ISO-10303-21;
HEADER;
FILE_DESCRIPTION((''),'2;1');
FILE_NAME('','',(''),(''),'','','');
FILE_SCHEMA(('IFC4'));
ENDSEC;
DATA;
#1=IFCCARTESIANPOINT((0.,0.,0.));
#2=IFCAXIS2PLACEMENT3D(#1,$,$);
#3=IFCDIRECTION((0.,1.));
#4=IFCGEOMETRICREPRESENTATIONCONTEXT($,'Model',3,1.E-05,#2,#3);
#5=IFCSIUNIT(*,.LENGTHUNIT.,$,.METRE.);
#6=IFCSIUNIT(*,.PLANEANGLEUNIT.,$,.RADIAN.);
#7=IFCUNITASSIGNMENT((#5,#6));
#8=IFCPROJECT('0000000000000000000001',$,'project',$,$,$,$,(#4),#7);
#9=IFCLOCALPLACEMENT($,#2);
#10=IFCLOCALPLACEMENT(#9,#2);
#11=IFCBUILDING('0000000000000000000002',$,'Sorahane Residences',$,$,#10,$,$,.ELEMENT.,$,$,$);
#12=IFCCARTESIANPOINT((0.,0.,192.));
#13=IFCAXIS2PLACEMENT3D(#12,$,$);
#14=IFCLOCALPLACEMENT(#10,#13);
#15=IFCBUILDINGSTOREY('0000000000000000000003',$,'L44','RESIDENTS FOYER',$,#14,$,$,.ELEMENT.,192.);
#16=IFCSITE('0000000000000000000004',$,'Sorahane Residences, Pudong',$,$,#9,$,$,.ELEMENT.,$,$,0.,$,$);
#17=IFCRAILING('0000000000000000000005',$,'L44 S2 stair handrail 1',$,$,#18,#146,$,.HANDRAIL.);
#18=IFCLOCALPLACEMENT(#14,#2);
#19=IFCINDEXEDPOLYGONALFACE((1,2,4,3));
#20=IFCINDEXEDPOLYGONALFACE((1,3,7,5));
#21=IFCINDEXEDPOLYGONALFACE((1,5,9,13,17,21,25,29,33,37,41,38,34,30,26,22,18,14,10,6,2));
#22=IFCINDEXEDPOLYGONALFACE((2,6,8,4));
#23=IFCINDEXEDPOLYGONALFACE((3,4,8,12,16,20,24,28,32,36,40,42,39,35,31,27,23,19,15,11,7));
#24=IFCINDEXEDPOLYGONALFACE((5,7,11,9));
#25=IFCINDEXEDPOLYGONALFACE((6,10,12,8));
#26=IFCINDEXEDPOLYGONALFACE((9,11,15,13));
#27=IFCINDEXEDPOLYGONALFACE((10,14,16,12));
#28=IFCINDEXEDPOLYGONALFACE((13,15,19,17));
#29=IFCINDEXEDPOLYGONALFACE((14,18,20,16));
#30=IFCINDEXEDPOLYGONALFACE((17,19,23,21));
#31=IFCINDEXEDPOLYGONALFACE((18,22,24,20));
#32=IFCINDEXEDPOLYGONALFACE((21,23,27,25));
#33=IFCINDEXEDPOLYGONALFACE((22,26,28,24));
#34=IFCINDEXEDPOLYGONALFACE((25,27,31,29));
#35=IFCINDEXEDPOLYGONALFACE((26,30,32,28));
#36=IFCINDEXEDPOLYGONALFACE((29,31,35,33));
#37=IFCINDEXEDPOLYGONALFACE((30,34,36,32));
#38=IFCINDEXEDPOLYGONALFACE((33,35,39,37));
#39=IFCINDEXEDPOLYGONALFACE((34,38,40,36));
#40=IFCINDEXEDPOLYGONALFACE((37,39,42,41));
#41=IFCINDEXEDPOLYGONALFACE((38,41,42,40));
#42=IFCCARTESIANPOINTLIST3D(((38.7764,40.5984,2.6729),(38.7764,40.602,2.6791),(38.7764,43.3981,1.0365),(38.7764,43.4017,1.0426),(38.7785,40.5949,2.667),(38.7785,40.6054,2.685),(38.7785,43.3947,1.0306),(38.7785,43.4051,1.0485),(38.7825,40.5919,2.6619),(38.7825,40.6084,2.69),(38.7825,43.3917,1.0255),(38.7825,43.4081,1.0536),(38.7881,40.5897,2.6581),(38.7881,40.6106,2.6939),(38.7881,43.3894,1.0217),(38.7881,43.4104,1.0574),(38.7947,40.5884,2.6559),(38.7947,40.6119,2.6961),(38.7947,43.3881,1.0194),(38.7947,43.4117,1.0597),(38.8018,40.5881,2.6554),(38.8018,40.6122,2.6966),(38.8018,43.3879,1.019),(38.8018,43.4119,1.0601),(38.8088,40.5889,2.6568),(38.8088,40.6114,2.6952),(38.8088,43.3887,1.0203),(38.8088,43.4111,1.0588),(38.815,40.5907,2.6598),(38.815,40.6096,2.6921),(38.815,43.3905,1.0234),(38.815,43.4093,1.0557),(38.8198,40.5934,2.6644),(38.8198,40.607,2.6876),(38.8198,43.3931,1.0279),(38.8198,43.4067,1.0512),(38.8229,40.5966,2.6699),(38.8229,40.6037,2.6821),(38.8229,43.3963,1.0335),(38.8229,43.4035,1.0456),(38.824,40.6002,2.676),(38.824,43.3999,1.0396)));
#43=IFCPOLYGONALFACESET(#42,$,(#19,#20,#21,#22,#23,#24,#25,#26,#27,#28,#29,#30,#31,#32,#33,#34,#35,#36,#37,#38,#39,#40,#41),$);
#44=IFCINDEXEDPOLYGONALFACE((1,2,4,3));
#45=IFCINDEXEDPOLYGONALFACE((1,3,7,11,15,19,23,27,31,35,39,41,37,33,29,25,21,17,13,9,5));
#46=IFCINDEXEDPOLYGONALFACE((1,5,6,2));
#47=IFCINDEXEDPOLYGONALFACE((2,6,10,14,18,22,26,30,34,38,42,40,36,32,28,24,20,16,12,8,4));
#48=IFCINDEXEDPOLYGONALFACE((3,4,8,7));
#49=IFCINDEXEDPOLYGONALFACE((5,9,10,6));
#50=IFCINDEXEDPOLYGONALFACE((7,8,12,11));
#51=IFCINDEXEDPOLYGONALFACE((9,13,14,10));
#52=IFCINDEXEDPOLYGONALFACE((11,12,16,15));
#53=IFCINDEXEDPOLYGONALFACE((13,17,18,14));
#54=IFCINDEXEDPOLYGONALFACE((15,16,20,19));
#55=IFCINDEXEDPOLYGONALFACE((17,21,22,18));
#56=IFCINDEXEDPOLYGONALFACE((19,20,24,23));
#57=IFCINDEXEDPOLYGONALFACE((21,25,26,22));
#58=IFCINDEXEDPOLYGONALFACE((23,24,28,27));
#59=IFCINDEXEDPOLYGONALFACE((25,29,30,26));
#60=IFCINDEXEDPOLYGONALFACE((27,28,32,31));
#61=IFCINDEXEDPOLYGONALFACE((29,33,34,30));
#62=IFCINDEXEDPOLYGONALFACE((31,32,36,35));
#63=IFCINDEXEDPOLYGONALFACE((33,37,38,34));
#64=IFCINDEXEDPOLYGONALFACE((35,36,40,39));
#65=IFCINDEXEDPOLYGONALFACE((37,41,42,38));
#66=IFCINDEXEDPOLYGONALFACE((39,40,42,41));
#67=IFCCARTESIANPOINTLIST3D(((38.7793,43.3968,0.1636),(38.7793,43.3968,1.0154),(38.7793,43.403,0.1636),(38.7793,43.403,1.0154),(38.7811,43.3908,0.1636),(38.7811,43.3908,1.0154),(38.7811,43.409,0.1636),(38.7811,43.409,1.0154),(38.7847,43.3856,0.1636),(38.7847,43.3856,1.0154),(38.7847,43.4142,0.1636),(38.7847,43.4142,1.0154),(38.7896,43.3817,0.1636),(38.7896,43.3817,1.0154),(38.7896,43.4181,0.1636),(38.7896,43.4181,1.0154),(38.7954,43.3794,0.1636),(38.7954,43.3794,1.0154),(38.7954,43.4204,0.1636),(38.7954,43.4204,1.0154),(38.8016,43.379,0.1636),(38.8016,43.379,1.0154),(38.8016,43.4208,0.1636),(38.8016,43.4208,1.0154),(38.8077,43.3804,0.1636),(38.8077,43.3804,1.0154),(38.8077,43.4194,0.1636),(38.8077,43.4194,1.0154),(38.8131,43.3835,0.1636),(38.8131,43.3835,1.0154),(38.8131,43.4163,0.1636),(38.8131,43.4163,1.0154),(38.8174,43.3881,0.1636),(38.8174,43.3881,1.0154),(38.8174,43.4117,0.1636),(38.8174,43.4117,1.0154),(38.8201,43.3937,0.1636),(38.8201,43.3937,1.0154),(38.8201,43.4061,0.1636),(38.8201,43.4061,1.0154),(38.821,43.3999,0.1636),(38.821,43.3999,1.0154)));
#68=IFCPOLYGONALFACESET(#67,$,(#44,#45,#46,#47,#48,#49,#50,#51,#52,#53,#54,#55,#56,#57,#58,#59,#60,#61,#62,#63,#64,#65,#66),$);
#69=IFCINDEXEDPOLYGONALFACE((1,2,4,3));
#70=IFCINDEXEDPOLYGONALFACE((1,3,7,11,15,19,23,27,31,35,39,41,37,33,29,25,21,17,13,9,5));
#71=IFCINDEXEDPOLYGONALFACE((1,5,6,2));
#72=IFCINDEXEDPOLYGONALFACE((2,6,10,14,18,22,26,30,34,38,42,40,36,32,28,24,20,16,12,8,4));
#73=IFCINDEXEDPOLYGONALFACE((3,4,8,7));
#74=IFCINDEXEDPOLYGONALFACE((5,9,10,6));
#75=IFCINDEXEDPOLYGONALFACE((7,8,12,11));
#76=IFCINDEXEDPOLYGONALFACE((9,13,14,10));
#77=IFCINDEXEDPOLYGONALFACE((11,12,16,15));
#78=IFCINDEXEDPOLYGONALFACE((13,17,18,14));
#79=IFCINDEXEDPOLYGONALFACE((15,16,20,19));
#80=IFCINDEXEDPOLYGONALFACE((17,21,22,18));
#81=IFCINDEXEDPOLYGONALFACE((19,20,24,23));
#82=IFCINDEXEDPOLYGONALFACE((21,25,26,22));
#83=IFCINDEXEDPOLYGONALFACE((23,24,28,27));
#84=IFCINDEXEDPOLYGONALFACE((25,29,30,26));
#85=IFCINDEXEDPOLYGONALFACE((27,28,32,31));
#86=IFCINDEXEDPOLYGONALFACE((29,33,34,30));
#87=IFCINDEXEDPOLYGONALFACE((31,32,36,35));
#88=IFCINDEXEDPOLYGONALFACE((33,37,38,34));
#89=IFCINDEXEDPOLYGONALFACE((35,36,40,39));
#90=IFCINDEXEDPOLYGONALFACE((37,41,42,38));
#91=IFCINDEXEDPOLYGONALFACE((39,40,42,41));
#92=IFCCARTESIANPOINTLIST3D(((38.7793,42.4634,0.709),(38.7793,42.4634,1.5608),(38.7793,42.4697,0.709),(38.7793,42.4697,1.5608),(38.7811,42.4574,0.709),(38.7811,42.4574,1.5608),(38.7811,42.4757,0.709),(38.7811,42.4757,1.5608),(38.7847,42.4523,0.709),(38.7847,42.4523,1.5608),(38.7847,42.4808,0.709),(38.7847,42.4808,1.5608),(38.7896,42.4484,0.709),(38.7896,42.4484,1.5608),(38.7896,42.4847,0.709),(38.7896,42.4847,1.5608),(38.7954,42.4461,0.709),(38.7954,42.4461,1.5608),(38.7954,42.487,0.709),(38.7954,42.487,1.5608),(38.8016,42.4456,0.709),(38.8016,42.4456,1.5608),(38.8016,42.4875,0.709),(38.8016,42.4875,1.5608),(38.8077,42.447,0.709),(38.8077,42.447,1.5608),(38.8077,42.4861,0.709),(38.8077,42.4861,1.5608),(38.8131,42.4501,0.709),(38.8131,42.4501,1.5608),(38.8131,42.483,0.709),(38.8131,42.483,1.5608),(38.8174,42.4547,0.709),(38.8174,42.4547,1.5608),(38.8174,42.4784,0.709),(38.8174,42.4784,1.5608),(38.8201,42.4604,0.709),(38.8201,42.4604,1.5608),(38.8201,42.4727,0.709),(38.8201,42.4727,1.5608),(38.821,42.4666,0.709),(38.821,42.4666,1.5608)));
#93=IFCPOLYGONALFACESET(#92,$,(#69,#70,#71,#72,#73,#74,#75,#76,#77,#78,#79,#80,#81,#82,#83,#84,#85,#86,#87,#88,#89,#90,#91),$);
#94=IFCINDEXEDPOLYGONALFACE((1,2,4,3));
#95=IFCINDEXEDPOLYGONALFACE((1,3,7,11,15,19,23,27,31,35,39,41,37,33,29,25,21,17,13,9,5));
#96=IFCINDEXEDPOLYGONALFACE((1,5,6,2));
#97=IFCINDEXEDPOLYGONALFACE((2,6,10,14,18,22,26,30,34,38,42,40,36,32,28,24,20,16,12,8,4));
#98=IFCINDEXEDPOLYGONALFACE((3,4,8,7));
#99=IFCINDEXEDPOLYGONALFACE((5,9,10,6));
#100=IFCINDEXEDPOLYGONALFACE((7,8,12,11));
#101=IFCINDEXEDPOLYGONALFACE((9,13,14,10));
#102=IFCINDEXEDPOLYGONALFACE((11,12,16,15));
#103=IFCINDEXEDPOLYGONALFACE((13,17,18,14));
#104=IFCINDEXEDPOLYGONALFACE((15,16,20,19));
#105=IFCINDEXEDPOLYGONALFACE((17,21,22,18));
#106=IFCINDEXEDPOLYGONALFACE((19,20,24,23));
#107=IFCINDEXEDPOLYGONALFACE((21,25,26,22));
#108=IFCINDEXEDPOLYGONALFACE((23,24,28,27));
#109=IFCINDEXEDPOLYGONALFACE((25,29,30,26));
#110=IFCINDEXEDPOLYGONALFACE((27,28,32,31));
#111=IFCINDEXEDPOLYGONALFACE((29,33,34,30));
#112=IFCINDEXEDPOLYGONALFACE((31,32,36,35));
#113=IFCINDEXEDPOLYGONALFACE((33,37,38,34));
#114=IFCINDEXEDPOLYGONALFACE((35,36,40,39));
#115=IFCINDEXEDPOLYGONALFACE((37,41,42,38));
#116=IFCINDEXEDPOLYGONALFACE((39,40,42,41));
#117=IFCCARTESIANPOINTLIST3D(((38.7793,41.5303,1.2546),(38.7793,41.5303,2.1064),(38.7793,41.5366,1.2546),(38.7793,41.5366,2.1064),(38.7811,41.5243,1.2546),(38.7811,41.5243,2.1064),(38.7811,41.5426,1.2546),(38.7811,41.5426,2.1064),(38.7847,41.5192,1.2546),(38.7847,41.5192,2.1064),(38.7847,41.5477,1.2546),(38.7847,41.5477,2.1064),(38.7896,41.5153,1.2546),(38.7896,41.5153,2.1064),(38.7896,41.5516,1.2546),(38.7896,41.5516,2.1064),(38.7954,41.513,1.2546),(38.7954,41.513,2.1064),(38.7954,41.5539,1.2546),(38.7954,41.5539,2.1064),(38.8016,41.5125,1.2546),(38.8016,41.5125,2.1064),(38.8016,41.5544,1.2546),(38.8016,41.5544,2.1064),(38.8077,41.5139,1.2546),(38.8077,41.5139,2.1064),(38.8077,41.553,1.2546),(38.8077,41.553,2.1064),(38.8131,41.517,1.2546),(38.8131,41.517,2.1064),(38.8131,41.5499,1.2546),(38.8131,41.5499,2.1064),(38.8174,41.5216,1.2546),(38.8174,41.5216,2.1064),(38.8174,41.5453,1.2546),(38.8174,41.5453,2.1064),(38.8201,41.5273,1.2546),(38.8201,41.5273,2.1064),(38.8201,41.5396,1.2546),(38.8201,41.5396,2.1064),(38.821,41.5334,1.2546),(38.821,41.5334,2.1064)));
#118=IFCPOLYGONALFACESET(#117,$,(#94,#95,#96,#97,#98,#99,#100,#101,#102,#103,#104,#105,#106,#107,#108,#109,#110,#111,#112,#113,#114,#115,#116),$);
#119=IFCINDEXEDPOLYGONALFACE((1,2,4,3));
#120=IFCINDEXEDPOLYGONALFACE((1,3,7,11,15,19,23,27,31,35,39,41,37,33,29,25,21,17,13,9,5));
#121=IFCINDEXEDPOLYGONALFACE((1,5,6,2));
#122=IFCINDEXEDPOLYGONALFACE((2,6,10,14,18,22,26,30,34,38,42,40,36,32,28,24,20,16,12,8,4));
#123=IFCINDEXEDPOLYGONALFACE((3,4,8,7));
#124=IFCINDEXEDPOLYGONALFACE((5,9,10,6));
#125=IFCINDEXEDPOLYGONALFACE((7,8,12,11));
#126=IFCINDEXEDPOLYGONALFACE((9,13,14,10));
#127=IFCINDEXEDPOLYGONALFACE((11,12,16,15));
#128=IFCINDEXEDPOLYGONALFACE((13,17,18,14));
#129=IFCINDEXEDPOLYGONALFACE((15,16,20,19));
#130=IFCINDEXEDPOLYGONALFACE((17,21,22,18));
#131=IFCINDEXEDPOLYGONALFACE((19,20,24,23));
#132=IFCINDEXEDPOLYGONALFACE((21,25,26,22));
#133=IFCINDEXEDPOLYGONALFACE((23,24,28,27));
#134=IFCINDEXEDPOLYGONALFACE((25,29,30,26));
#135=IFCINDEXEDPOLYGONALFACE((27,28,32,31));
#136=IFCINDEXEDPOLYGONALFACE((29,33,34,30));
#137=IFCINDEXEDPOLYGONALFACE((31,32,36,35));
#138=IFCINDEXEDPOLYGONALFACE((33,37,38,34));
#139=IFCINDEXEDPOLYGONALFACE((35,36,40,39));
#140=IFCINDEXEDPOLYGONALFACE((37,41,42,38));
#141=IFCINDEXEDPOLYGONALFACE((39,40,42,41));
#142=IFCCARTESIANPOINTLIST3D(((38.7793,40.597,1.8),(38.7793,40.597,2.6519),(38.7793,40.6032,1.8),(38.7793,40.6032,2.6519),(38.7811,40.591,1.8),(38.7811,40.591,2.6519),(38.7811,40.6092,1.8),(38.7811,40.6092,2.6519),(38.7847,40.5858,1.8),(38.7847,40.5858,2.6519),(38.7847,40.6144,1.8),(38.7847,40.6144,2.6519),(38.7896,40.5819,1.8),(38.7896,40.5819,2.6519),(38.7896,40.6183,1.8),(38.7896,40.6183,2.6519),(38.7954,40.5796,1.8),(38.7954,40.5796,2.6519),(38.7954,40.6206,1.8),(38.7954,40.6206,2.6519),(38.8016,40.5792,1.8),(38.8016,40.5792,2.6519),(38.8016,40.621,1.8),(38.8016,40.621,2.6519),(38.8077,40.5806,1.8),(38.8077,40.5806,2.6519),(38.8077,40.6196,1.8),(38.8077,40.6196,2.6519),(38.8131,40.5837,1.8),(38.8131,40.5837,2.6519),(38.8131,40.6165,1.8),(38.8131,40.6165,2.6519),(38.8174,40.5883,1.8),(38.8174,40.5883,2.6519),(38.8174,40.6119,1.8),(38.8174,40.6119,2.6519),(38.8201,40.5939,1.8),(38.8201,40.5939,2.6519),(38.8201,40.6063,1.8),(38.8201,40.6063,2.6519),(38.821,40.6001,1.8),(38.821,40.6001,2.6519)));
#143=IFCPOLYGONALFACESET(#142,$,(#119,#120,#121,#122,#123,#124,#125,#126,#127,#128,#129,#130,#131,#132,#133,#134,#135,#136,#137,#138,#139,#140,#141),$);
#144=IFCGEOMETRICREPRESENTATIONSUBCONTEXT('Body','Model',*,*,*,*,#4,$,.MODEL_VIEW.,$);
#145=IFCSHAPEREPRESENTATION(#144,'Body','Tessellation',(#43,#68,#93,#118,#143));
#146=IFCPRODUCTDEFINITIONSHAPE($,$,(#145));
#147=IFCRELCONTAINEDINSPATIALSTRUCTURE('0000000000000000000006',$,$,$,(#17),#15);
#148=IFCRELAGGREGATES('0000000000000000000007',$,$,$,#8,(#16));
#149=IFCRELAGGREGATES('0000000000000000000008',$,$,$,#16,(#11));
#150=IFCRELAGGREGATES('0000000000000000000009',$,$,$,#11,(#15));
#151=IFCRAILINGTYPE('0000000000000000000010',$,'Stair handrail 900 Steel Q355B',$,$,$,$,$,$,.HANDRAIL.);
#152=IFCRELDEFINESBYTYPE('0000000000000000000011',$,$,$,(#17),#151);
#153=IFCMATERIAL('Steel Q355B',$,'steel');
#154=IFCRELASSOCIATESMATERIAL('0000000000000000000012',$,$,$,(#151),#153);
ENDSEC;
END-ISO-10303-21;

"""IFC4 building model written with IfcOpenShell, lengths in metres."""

from ifc_helpers import new_model, si_unit, direction, frame, origin, origin_2d, place, context, subcontext, project, spatial, circle, extrude, material, type_object, element, save


model = new_model("IFC4")

# Units and contexts
model_context = context("Model", 3, precision=1e-05, world=origin(), true_north=direction((0.0, 1.0)))
body_context = subcontext(model_context, "Body", "Model", "MODEL_VIEW")
ifc_project = project(units=[si_unit("LENGTHUNIT", "METRE"), si_unit("PLANEANGLEUNIT", "RADIAN")], contexts=[model_context])

# Site, building, storey
site_placement = place(None, origin())
site = spatial("IfcSite", under=ifc_project, at=site_placement, Name="Sorahane Residences, Pudong", CompositionType="ELEMENT", RefElevation=0.0)
building_placement = place(site_placement, origin())
building = spatial("IfcBuilding", under=site, at=building_placement, Name="Sorahane Residences", CompositionType="ELEMENT")
storey_placement = place(building_placement, frame((0.0, 0.0, 192.0)))
storey = spatial("IfcBuildingStorey", under=building, at=storey_placement, Name="L44", Description="RESIDENTS FOYER", CompositionType="ELEMENT", Elevation=192.0)

# Railing
ifc_material_1 = material(Name="Steel Q355B", Category="steel")
railing_type_1 = type_object("IfcRailingType", Name="Stair handrail 900 Steel Q355B", PredefinedType="HANDRAIL", material=ifc_material_1)
for number, where, name in (
    (1, (38.8, 43.3999, 0.1636), "L44 S2 stair handrail 1"),
):
    element("IfcRailing", number, at=place(storey_placement, frame(where)), inside=storey, type_object=railing_type_1, Name=name, PredefinedType="HANDRAIL", context=body_context, shape_type="SweptSolid", body=[
        extrude(circle(Radius=0.0239, at=origin_2d()), frame((0.0, 0.0, 0.876), z_axis=(0.0, -0.863342, 0.50462), x_axis=(1.0, 0.0, 0.0)), (0.0, 0.0, 1.0), 3.2429),
        extrude(circle(Radius=0.021, at=origin_2d()), origin(), (0.0, 0.0, 1.0), 0.8518),
        extrude(circle(Radius=0.021, at=origin_2d()), frame((0.0, -0.9333, 0.5454)), (0.0, 0.0, 1.0), 0.8518),
        extrude(circle(Radius=0.021, at=origin_2d()), frame((0.0, -1.8665, 1.0911)), (0.0, 0.0, 1.0), 0.8518),
        extrude(circle(Radius=0.021, at=origin_2d()), frame((0.0, -2.7998, 1.6365)), (0.0, 0.0, 1.0), 0.8518),
    ])

save(model, "model.ifc")
